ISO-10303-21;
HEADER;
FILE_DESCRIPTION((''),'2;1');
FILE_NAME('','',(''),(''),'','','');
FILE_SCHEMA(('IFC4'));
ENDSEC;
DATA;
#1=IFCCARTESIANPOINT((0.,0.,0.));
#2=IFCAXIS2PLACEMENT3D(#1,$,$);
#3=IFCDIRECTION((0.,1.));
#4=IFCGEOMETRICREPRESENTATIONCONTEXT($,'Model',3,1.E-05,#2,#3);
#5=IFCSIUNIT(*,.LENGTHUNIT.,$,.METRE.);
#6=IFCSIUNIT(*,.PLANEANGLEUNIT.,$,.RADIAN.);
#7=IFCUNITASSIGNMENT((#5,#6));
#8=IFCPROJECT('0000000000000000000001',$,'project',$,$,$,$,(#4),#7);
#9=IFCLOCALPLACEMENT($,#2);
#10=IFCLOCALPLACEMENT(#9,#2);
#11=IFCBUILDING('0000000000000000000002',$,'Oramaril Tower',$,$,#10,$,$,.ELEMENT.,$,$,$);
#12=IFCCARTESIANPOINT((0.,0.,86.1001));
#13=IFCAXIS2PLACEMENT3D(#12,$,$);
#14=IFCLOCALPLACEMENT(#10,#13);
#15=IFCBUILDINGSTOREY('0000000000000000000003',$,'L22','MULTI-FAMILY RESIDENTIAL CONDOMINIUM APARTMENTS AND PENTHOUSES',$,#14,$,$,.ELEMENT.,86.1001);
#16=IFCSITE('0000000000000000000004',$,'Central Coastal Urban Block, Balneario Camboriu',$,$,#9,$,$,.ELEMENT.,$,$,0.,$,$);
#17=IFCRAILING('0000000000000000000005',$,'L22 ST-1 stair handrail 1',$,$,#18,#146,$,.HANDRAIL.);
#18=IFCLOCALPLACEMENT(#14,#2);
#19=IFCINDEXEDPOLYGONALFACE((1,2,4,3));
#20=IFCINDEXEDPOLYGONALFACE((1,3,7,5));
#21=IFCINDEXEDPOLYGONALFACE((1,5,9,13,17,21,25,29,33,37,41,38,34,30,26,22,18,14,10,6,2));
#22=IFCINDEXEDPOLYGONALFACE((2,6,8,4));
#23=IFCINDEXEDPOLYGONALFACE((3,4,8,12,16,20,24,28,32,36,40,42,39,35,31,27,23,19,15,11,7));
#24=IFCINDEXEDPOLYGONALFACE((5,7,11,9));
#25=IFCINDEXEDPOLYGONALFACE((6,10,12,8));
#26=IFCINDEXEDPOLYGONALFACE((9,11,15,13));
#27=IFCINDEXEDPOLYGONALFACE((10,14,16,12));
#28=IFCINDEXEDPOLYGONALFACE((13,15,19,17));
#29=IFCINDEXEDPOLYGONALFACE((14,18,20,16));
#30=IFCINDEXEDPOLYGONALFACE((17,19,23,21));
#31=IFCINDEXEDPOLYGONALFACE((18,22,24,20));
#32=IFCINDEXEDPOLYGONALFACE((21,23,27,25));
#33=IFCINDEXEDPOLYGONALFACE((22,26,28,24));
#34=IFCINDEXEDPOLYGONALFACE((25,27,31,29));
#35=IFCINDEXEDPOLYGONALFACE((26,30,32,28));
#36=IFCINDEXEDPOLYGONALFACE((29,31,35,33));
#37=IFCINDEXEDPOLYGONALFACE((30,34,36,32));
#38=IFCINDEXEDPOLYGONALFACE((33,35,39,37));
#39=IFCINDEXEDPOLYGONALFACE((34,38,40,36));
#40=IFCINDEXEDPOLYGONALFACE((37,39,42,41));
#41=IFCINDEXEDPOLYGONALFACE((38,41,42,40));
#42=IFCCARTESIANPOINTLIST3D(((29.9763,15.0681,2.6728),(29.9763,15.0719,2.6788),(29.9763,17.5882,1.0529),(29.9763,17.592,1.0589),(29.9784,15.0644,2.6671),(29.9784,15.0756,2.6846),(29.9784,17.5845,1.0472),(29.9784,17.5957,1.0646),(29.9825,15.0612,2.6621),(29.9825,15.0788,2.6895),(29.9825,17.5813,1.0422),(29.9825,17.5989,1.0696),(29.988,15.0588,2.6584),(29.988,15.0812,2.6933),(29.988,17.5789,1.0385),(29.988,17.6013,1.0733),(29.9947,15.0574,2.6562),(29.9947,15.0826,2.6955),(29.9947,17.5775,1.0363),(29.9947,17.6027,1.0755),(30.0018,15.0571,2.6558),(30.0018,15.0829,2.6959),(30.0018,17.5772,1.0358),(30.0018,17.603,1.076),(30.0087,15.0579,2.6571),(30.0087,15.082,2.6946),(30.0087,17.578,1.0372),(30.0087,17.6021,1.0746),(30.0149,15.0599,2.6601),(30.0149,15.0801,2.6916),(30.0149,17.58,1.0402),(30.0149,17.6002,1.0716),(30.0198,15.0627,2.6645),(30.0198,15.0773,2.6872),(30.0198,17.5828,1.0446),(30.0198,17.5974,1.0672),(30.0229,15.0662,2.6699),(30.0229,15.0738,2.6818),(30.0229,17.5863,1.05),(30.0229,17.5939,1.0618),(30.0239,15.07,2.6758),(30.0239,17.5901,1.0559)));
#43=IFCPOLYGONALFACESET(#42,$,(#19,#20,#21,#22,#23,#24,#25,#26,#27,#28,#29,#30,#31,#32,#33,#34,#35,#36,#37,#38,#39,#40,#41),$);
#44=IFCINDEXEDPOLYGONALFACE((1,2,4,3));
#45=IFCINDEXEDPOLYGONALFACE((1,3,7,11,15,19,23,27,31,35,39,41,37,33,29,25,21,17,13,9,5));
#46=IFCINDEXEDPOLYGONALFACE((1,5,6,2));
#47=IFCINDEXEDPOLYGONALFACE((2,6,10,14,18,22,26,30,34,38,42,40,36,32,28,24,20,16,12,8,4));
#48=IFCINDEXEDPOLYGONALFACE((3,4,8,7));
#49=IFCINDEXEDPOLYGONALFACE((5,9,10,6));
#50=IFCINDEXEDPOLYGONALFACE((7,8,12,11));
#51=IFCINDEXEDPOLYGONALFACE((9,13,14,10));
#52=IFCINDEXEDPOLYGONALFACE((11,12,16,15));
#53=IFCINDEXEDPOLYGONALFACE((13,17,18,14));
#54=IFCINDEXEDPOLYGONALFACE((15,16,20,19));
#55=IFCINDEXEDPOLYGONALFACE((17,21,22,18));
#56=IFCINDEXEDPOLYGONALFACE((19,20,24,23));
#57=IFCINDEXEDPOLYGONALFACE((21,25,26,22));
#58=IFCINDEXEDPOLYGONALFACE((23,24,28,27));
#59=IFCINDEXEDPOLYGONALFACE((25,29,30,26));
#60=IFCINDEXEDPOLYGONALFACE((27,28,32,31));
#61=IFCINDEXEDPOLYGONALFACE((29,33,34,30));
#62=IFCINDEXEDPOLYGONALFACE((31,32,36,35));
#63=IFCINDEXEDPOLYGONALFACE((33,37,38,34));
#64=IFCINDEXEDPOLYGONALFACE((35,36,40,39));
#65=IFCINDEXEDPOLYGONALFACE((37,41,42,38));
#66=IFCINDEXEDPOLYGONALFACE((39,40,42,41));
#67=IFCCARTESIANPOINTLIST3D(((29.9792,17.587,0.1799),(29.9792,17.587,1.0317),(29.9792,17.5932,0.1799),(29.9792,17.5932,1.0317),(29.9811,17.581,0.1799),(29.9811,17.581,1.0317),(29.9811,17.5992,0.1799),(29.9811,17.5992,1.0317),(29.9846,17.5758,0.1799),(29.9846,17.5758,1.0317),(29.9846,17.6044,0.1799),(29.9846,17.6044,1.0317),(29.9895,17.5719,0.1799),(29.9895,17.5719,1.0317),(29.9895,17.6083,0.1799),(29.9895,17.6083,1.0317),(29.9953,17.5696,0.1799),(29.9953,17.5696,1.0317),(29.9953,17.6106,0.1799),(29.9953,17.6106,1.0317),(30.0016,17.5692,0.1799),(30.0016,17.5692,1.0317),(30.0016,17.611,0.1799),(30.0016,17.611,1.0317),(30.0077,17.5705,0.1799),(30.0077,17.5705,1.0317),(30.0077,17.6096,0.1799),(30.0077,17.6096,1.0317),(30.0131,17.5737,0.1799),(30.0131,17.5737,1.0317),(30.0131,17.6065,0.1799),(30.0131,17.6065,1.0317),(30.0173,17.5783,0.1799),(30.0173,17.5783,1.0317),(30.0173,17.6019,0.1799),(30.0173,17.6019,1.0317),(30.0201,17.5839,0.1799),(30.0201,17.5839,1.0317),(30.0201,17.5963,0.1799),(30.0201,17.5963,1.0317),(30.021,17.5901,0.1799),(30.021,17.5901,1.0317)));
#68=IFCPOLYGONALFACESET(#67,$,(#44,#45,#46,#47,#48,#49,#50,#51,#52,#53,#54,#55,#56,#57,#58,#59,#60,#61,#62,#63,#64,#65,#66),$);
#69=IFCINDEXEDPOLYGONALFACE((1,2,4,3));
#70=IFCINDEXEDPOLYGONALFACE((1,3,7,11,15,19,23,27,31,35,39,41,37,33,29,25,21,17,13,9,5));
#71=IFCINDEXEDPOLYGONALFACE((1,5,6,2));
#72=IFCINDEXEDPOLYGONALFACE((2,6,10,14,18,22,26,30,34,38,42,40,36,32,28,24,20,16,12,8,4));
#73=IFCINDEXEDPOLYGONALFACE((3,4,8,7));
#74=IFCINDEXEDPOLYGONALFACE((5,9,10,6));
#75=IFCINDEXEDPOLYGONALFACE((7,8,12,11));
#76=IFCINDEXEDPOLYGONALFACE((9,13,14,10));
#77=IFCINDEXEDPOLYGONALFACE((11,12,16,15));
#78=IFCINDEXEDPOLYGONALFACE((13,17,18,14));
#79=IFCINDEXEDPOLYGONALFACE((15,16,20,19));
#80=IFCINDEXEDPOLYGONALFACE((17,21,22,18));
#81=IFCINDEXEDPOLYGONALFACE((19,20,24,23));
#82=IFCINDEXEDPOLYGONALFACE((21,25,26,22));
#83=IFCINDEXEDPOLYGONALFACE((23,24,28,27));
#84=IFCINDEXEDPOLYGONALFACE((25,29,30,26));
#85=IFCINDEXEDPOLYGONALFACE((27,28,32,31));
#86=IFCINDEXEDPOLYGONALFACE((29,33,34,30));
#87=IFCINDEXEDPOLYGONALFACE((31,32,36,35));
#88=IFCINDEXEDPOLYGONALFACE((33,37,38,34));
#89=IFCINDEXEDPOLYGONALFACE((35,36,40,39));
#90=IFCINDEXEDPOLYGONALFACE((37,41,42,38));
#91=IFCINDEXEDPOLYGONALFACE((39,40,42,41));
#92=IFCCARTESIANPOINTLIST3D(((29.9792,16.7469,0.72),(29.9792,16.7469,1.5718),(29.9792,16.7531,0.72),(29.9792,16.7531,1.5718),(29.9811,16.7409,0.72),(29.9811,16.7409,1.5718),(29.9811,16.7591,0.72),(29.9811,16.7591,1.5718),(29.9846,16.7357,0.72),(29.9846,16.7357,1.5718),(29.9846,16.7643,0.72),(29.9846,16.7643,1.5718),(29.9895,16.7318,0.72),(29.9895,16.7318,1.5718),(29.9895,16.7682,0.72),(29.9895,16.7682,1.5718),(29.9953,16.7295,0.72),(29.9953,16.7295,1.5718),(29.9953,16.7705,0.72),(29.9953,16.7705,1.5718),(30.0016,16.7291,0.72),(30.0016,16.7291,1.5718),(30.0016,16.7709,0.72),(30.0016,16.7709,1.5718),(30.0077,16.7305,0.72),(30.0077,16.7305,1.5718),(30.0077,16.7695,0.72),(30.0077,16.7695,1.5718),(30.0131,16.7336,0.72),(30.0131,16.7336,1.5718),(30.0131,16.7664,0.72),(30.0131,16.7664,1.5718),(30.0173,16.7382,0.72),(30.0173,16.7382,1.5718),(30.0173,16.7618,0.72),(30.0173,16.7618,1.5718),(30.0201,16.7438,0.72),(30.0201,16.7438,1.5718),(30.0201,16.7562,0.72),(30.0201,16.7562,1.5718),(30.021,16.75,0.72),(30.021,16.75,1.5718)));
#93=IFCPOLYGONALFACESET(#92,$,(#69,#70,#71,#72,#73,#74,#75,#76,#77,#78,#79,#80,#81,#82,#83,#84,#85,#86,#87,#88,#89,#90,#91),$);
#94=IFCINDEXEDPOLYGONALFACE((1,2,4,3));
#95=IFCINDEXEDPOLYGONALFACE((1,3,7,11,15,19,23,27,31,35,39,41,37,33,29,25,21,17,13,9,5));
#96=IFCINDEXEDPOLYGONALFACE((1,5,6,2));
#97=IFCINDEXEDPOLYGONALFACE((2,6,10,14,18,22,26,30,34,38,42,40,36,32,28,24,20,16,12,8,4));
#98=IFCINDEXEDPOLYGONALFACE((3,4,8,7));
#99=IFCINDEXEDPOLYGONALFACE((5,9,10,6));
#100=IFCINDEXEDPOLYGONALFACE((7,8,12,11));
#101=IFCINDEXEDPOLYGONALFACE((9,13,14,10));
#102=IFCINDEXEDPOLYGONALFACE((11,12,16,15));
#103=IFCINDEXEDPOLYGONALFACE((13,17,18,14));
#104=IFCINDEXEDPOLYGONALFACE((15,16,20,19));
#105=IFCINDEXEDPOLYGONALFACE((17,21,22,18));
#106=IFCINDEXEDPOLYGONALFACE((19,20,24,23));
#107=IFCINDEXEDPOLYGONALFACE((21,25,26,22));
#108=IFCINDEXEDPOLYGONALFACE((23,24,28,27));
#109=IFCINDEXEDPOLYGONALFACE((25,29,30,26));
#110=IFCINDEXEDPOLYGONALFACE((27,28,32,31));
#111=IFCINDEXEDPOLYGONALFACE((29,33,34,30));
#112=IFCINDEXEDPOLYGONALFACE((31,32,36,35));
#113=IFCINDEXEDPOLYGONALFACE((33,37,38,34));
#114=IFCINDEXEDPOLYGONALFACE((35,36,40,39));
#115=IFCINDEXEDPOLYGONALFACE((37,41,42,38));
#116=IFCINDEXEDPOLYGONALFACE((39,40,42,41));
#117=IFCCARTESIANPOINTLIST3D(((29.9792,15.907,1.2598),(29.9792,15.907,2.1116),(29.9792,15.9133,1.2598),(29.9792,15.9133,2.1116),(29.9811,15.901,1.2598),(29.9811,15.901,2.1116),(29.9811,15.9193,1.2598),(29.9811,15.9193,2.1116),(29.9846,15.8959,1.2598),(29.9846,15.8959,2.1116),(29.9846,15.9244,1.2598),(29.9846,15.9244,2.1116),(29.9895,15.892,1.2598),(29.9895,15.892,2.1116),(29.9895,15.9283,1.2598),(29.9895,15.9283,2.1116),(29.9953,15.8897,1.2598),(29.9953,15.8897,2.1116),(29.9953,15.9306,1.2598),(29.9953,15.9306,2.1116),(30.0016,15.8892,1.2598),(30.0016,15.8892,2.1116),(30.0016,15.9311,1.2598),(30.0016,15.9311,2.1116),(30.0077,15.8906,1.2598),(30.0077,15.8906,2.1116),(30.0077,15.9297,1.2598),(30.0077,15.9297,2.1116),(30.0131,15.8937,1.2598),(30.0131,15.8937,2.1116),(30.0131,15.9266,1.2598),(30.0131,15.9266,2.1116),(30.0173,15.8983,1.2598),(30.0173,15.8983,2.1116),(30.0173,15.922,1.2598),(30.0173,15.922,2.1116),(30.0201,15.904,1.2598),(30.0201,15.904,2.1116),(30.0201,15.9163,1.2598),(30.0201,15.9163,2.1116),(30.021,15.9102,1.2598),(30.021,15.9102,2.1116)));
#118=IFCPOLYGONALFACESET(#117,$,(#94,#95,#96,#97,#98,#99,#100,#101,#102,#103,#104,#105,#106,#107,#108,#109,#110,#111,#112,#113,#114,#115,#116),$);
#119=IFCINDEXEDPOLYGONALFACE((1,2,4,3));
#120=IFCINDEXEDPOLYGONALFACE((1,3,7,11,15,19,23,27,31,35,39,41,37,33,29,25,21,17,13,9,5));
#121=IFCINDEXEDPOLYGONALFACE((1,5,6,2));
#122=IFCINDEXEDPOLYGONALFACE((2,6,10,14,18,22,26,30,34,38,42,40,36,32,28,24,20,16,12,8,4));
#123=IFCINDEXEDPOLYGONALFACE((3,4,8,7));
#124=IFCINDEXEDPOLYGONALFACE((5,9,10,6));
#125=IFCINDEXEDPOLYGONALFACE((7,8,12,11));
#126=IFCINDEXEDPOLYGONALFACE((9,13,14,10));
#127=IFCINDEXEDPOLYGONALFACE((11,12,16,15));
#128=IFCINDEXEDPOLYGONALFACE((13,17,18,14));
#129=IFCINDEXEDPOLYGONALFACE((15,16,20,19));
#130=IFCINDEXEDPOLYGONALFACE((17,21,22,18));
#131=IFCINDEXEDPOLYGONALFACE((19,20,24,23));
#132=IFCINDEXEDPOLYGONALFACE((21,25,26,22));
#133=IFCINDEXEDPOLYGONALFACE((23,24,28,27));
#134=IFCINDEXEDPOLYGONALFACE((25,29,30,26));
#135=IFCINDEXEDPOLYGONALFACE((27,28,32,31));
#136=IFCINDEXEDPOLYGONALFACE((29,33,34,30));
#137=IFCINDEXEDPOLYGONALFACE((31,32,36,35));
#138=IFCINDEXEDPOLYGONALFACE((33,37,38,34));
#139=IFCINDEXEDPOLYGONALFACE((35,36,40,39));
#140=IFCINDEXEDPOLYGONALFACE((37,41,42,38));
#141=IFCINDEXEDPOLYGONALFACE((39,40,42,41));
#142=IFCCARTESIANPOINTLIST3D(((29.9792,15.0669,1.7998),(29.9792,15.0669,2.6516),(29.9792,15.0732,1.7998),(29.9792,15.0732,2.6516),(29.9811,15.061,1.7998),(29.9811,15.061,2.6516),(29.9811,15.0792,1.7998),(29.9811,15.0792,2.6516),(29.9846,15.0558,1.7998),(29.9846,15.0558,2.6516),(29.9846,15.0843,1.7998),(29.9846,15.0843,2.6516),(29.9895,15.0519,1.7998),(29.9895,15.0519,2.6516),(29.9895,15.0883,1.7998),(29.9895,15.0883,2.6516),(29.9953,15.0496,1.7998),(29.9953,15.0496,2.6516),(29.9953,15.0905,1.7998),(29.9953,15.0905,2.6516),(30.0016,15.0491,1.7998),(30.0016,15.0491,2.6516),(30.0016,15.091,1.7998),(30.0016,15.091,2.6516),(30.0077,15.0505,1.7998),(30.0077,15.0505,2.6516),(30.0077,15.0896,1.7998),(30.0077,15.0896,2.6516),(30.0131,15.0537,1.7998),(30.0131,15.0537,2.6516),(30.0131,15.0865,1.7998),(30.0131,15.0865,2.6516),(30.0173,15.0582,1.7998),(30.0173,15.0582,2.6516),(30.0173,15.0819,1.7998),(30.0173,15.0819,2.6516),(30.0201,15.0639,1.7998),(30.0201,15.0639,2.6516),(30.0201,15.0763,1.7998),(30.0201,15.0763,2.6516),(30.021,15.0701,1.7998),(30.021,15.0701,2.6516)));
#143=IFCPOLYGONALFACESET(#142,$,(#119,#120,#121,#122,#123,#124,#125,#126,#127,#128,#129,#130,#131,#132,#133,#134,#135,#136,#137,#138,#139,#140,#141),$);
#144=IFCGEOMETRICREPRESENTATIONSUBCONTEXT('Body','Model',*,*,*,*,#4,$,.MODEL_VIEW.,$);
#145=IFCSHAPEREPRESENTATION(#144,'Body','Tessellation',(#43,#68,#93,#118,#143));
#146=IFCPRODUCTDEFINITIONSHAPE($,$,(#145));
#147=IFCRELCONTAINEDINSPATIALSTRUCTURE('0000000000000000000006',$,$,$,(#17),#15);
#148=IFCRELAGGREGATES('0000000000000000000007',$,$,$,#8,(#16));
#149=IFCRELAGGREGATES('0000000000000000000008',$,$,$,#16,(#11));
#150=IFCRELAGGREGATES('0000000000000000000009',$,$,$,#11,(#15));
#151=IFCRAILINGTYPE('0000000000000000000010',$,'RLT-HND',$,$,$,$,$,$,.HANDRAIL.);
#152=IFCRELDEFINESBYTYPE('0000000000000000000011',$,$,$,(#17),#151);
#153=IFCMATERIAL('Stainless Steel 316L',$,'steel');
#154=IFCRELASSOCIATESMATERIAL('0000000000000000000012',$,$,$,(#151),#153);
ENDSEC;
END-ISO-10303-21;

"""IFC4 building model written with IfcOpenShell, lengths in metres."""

from ifc_helpers import new_model, si_unit, direction, frame, origin, origin_2d, place, context, subcontext, project, spatial, circle, extrude, material, type_object, element, save


model = new_model("IFC4")

# Units and contexts
model_context = context("Model", 3, precision=1e-05, world=origin(), true_north=direction((0.0, 1.0)))
body_context = subcontext(model_context, "Body", "Model", "MODEL_VIEW")
ifc_project = project(units=[si_unit("LENGTHUNIT", "METRE"), si_unit("PLANEANGLEUNIT", "RADIAN")], contexts=[model_context])

# Site, building, storey
site_placement = place(None, origin())
site = spatial("IfcSite", under=ifc_project, at=site_placement, Name="Central Coastal Urban Block, Balneario Camboriu", CompositionType="ELEMENT", RefElevation=0.0)
building_placement = place(site_placement, origin())
building = spatial("IfcBuilding", under=site, at=building_placement, Name="Oramaril Tower", CompositionType="ELEMENT")
storey_placement = place(building_placement, frame((0.0, 0.0, 86.1001)))
storey = spatial("IfcBuildingStorey", under=building, at=storey_placement, Name="L22", Description="MULTI-FAMILY RESIDENTIAL CONDOMINIUM APARTMENTS AND PENTHOUSES", CompositionType="ELEMENT", Elevation=86.1001)

# Railing
ifc_material_1 = material(Name="Stainless Steel 316L", Category="steel")
railing_type_1 = type_object("IfcRailingType", Name="RLT-HND", PredefinedType="HANDRAIL", material=ifc_material_1)
railing_1_placement = place(storey_placement, frame((30.0, 17.5901, 0.1799)))
element("IfcRailing", 1, at=railing_1_placement, inside=storey, type_object=railing_type_1, Name="L22 ST-1 stair handrail 1", PredefinedType="HANDRAIL", context=body_context, shape_type="SweptSolid", body=[
    extrude(circle(Radius=0.0239, at=origin_2d()), frame((0.0, 0.0, 0.876), z_axis=(0.0, -0.8412, 0.540725), x_axis=(1.0, 0.0, 0.0)), (0.0, 0.0, 1.0), 2.9958),
    extrude(circle(Radius=0.021, at=origin_2d()), origin(), (0.0, 0.0, 1.0), 0.8518),
    extrude(circle(Radius=0.021, at=origin_2d()), frame((0.0, -0.8401, 0.54)), (0.0, 0.0, 1.0), 0.8518),
    extrude(circle(Radius=0.021, at=origin_2d()), frame((0.0, -1.6799, 1.0798)), (0.0, 0.0, 1.0), 0.8518),
    extrude(circle(Radius=0.021, at=origin_2d()), frame((0.0, -2.52, 1.6199)), (0.0, 0.0, 1.0), 0.8518),
])

save(model, "model.ifc")
